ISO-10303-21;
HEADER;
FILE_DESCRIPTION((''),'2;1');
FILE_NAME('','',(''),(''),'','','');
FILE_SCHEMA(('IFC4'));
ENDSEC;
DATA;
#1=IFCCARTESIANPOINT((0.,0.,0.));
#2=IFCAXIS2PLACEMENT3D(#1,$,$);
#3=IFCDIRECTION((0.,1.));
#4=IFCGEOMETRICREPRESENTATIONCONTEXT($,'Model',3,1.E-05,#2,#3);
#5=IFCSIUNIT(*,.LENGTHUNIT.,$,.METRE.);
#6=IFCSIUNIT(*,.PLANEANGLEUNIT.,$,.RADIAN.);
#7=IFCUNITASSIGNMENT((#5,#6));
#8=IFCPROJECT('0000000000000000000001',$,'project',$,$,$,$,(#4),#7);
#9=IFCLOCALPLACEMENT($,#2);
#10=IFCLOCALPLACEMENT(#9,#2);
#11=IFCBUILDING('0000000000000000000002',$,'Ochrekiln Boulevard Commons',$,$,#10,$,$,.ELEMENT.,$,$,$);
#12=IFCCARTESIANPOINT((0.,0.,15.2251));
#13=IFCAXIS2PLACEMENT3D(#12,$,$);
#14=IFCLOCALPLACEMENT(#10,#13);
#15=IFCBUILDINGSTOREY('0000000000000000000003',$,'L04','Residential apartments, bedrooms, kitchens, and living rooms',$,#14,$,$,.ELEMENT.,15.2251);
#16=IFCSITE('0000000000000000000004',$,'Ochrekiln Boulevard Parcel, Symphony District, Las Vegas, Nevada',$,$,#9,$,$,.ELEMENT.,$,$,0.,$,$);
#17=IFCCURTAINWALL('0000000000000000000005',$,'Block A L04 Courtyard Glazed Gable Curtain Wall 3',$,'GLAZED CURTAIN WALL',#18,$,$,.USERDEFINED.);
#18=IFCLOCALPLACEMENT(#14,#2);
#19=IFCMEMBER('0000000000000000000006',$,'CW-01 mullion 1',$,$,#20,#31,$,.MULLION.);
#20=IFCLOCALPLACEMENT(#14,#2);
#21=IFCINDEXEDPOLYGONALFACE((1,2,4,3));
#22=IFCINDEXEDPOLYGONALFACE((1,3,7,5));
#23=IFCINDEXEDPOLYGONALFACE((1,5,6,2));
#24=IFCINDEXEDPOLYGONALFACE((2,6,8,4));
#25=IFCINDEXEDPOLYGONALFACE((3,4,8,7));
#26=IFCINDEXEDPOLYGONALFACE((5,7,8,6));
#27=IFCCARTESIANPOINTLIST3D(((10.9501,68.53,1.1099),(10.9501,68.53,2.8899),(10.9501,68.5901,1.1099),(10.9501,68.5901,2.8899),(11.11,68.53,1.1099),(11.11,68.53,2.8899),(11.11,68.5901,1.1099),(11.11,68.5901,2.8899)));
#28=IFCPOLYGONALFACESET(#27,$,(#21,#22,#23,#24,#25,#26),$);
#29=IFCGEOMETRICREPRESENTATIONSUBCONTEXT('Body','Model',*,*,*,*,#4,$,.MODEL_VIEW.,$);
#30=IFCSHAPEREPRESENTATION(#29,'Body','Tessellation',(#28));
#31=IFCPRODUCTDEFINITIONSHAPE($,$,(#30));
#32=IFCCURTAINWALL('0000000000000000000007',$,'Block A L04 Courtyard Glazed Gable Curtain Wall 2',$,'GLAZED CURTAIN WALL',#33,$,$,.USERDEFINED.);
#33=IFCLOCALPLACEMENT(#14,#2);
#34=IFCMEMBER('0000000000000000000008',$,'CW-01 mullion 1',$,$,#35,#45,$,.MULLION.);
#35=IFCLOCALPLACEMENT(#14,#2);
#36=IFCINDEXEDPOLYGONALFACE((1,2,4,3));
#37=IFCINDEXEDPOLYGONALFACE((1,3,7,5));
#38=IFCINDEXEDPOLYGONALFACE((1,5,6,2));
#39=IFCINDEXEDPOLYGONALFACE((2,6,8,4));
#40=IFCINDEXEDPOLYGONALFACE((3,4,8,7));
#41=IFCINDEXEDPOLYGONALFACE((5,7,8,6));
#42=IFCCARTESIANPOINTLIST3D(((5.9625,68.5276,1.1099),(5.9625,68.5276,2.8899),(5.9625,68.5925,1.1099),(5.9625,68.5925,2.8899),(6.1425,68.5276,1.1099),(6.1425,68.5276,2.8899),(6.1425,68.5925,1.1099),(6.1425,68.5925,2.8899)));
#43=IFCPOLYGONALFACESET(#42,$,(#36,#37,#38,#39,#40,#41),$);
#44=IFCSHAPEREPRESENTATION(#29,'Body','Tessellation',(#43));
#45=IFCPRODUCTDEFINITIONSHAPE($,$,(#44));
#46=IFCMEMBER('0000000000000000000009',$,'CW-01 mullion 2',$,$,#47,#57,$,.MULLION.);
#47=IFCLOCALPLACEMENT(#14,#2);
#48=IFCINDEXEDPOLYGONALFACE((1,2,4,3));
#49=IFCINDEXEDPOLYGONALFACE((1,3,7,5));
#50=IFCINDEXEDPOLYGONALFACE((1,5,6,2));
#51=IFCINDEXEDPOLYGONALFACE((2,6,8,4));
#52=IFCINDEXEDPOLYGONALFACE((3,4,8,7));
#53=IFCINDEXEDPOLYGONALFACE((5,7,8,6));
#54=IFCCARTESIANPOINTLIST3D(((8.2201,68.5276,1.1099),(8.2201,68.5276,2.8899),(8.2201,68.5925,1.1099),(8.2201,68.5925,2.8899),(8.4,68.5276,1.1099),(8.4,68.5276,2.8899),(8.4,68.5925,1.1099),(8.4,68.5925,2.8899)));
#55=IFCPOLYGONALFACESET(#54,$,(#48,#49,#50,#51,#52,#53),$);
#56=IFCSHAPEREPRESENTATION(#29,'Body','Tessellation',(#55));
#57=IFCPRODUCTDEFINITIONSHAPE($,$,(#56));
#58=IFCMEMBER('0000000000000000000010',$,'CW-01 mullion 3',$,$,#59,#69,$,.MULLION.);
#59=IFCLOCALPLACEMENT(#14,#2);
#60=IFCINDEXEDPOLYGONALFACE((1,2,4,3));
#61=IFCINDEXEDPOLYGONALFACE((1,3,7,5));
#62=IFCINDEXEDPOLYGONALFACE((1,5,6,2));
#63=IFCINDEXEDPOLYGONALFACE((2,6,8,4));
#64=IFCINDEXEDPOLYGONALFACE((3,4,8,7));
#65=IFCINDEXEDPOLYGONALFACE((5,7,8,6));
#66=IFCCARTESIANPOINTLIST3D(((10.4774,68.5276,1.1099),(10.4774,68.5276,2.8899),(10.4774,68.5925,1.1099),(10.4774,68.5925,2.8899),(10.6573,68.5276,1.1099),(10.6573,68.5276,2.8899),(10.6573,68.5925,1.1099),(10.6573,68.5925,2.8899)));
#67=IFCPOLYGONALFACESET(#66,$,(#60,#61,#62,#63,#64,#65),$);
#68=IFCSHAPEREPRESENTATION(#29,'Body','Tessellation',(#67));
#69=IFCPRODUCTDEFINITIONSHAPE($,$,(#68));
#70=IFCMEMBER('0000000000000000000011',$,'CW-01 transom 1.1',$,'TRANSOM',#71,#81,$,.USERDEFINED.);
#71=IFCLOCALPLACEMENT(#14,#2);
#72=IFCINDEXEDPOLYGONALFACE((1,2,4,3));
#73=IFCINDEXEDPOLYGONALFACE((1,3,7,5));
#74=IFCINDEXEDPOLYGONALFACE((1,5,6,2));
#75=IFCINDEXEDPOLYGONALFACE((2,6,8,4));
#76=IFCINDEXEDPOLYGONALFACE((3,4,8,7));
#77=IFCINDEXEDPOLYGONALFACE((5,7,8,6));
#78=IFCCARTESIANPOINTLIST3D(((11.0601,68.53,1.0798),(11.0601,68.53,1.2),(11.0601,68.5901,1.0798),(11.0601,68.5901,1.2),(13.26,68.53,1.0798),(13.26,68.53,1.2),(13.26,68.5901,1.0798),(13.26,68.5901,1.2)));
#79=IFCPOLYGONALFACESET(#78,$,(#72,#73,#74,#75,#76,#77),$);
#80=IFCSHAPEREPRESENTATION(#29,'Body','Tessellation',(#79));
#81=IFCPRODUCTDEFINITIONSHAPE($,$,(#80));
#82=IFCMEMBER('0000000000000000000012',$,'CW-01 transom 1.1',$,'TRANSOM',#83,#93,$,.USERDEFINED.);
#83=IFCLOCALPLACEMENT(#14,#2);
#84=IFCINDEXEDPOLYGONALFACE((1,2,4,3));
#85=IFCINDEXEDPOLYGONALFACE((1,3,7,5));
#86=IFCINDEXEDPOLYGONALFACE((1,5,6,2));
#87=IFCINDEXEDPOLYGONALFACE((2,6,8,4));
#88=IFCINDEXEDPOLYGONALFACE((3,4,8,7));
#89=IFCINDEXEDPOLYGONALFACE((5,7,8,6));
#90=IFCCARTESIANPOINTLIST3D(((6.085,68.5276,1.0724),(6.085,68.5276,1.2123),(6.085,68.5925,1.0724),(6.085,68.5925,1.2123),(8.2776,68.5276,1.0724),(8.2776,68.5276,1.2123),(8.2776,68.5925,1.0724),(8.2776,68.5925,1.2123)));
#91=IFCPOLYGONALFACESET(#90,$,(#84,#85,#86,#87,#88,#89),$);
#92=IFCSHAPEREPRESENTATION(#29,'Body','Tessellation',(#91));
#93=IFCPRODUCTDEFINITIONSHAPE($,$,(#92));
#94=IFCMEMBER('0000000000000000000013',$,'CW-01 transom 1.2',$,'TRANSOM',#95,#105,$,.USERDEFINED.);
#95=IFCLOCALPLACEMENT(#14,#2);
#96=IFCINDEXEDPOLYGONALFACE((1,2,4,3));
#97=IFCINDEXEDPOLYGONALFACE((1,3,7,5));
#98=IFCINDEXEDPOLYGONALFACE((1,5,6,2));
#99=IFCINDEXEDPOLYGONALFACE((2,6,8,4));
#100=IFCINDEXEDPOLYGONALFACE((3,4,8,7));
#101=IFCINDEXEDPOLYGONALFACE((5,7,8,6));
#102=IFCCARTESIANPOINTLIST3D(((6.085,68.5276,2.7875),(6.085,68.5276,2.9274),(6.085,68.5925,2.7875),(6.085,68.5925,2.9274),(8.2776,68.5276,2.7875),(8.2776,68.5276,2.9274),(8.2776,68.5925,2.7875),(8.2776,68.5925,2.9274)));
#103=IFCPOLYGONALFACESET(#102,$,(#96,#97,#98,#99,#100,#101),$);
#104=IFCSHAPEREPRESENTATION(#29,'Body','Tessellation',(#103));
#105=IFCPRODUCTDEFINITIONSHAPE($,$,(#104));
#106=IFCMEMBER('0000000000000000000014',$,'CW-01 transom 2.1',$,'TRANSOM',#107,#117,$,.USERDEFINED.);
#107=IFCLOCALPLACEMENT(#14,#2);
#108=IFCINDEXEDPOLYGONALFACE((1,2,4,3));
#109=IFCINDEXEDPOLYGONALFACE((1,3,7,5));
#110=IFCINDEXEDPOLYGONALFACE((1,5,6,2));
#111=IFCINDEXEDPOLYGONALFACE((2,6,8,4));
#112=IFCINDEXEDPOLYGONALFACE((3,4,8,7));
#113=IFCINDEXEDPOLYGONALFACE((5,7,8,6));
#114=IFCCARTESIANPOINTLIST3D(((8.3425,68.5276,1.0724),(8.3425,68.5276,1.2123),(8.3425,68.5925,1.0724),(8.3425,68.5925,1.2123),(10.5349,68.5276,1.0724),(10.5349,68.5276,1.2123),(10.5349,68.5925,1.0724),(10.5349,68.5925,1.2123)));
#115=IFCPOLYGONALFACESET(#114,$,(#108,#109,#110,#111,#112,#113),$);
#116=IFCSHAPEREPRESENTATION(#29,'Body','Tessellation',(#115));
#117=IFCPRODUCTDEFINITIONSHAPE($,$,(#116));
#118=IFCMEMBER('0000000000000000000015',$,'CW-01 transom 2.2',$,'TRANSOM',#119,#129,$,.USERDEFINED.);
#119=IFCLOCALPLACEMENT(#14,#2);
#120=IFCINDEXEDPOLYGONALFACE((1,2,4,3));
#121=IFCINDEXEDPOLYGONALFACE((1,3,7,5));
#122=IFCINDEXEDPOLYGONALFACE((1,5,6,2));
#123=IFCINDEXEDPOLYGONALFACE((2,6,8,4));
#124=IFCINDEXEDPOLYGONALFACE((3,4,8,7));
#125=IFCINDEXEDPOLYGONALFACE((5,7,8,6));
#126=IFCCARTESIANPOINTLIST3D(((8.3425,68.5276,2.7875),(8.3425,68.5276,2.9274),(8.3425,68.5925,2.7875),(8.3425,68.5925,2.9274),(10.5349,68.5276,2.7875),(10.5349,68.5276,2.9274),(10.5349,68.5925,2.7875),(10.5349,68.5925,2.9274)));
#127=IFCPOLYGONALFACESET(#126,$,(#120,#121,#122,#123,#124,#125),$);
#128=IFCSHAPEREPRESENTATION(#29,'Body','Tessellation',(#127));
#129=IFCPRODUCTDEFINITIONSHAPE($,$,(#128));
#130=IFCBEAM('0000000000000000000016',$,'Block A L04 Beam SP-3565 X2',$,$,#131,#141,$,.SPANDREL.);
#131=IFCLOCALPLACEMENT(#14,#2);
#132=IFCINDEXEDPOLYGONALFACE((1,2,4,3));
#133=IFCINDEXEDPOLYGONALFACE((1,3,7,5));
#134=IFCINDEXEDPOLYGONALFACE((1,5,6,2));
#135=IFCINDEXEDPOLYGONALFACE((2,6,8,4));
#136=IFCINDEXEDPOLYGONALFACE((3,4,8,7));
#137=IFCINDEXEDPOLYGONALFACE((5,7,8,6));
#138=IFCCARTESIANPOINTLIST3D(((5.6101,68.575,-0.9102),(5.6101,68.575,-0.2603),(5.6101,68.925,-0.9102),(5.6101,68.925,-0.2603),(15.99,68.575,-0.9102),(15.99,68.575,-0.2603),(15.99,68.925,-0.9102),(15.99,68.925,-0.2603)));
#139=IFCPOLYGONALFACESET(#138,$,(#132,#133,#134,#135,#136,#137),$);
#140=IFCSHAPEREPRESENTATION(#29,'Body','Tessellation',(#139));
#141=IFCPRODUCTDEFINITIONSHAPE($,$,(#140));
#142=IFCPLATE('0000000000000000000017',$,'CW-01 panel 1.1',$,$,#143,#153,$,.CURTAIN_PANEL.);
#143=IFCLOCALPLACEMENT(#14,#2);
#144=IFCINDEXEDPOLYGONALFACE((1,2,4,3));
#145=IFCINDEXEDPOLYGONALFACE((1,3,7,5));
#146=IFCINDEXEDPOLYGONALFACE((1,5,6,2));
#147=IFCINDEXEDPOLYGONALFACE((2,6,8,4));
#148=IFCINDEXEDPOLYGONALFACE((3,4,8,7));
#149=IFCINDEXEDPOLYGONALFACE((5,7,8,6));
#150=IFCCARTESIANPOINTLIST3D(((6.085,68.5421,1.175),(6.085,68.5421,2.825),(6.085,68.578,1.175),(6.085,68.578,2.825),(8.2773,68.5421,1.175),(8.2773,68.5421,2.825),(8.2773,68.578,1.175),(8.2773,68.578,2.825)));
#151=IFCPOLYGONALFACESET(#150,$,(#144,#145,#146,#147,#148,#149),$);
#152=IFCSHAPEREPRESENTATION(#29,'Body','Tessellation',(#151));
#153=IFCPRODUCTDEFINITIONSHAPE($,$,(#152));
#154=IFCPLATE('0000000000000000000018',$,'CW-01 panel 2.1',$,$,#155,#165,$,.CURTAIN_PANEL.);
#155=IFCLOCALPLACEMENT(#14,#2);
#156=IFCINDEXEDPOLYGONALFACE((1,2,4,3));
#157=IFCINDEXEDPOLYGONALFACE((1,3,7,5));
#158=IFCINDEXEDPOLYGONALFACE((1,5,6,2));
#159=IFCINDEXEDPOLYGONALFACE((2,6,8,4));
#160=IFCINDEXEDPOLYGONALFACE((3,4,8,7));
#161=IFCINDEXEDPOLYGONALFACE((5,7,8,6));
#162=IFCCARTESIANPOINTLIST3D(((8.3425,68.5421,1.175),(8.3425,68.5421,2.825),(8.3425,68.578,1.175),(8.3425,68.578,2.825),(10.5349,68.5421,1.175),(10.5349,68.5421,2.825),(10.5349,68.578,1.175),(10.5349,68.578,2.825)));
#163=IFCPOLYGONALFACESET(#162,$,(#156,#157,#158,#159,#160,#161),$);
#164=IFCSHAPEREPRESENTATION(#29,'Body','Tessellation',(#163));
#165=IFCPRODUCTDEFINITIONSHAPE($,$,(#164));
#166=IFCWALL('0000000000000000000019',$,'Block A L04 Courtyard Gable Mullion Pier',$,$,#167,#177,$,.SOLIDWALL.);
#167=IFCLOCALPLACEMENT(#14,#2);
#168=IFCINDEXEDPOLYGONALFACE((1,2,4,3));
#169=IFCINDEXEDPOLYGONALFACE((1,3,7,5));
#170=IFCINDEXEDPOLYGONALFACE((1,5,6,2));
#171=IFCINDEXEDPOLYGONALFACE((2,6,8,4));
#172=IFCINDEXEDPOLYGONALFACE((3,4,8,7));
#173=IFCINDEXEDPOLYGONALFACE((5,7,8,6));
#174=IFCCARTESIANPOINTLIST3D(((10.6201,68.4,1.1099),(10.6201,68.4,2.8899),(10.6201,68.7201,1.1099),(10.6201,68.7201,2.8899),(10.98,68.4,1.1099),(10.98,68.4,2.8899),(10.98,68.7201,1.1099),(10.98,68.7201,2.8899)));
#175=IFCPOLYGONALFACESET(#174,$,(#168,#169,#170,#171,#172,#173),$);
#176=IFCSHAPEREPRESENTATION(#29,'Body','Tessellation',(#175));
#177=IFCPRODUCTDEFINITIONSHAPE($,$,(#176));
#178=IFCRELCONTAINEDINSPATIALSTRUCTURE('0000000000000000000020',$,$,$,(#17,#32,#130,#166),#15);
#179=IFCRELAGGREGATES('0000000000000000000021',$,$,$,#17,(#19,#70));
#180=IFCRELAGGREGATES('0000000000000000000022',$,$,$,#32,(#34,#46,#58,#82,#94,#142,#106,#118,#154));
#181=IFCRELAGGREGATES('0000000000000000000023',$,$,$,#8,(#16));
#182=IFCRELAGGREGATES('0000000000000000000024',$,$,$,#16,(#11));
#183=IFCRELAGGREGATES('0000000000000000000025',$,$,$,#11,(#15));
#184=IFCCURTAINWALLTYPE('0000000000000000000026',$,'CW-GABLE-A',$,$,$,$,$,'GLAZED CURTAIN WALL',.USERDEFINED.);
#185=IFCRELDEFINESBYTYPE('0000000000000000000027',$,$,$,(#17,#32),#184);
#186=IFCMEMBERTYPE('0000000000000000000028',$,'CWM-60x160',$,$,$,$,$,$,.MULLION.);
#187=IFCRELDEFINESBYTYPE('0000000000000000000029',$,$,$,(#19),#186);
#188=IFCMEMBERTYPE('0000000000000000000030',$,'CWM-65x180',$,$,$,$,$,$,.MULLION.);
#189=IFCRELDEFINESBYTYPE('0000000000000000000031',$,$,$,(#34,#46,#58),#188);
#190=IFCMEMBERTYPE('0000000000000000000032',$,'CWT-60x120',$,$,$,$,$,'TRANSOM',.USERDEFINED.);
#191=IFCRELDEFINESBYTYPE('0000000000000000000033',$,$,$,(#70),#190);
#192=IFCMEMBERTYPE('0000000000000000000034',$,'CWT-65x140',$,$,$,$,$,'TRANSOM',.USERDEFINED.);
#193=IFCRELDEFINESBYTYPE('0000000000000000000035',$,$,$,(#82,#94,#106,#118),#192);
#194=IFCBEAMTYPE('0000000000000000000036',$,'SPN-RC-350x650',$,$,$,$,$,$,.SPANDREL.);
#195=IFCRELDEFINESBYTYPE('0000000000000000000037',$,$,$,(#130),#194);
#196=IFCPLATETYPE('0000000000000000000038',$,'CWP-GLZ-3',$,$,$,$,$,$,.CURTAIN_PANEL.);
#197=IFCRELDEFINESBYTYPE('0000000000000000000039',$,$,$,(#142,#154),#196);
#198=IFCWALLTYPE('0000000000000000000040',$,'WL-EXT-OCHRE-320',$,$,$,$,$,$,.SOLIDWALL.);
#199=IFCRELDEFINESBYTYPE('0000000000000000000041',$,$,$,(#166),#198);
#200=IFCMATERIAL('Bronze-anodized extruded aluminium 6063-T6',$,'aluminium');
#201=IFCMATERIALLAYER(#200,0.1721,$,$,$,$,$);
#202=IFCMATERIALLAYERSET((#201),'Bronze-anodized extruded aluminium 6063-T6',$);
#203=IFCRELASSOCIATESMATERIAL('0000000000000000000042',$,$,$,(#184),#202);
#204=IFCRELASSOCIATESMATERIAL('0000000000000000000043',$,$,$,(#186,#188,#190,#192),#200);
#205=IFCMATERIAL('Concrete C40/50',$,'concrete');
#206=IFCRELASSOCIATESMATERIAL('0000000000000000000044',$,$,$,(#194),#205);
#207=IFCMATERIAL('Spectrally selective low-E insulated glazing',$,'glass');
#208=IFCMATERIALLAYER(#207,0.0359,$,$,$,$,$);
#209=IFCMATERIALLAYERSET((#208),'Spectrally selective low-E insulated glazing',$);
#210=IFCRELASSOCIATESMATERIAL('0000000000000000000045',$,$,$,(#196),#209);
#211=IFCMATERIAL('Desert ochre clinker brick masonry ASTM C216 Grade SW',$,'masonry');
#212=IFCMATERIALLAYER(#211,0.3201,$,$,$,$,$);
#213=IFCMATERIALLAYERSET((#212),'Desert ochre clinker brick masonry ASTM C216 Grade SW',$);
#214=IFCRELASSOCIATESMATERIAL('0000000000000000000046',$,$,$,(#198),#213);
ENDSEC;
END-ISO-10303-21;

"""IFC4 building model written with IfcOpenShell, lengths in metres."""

from ifc_helpers import new_model, si_unit, direction, frame, frame_2d, origin, origin_2d, place, context, subcontext, project, spatial, rectangle, extrude, material, layer, layer_set, material_profile, profile_set, type_object, element, aggregate, save


model = new_model("IFC4")

# Units and contexts
model_context = context("Model", 3, precision=1e-05, world=origin(), true_north=direction((0.0, 1.0)))
body_context = subcontext(model_context, "Body", "Model", "MODEL_VIEW")
ifc_project = project(units=[si_unit("LENGTHUNIT", "METRE"), si_unit("PLANEANGLEUNIT", "RADIAN")], contexts=[model_context])

# Site, building, storey
site_placement = place(None, origin())
site = spatial("IfcSite", under=ifc_project, at=site_placement, Name="Ochrekiln Boulevard Parcel, Symphony District, Las Vegas, Nevada", CompositionType="ELEMENT", RefElevation=0.0)
building_placement = place(site_placement, origin())
building = spatial("IfcBuilding", under=site, at=building_placement, Name="Ochrekiln Boulevard Commons", CompositionType="ELEMENT")
storey_placement = place(building_placement, frame((0.0, 0.0, 15.2251)))
storey = spatial("IfcBuildingStorey", under=building, at=storey_placement, Name="L04", Description="Residential apartments, bedrooms, kitchens, and living rooms", CompositionType="ELEMENT", Elevation=15.2251)

# Curtain wall, member
ifc_material_1 = material(Name="Bronze-anodized extruded aluminium 6063-T6", Category="aluminium")
ifc_layer_1 = layer(ifc_material_1, 0.1721)
ifc_layer_set_1 = layer_set([ifc_layer_1], Name="Bronze-anodized extruded aluminium 6063-T6")
curtain_wall_type = type_object("IfcCurtainWallType", Name="CW-GABLE-A", ElementType="GLAZED CURTAIN WALL", PredefinedType="USERDEFINED", material=ifc_layer_set_1)
curtain_wall_1_placement = place(storey_placement, origin())
curtain_wall_1 = element("IfcCurtainWall", 1, at=curtain_wall_1_placement, inside=storey, type_object=curtain_wall_type, Name="Block A L04 Courtyard Glazed Gable Curtain Wall 3", ObjectType="GLAZED CURTAIN WALL", PredefinedType="USERDEFINED")
ifc_material_profile_1 = material_profile(ifc_material_1, rectangle(XDim=0.0601, YDim=0.1599, at=origin_2d()), Name="ALU-MUL-60x160")
ifc_profile_set_1 = profile_set([ifc_material_profile_1], Name="Bronze-anodized extruded aluminium 6063-T6")
member_type_1 = type_object("IfcMemberType", Name="CWM-60x160", PredefinedType="MULLION", material=ifc_profile_set_1)
member_1_placement = place(storey_placement, frame((11.03, 68.5601, 1.1099), z_axis=(0.0, 0.0, 1.0), x_axis=(0.0, 1.0, 0.0)))
member_1 = element("IfcMember", 2, at=member_1_placement, type_object=member_type_1, Name="CW-01 mullion 1", PredefinedType="MULLION", context=body_context, shape_type="SweptSolid", body=[
    extrude(rectangle(XDim=0.0601, YDim=0.1599, at=origin_2d()), origin(), (0.0, 0.0, 1.0), 1.78),
])

# Curtain wall, members
curtain_wall_2_placement = place(storey_placement, origin())
curtain_wall_2 = element("IfcCurtainWall", 3, at=curtain_wall_2_placement, inside=storey, type_object=curtain_wall_type, Name="Block A L04 Courtyard Glazed Gable Curtain Wall 2", ObjectType="GLAZED CURTAIN WALL", PredefinedType="USERDEFINED")
ifc_material_profile_2 = material_profile(ifc_material_1, rectangle(XDim=0.0649, YDim=0.1799, at=origin_2d()), Name="ALU-MUL-65x180")
ifc_profile_set_2 = profile_set([ifc_material_profile_2], Name="Bronze-anodized extruded aluminium 6063-T6")
member_type_2 = type_object("IfcMemberType", Name="CWM-65x180", PredefinedType="MULLION", material=ifc_profile_set_2)
member_2_placement = place(storey_placement, frame((6.0525, 68.5601, 1.1099), z_axis=(0.0, 0.0, 1.0), x_axis=(0.0, 1.0, 0.0)))
member_2 = element("IfcMember", 4, at=member_2_placement, type_object=member_type_2, Name="CW-01 mullion 1", PredefinedType="MULLION", context=body_context, shape_type="SweptSolid", body=[
    extrude(rectangle(XDim=0.0649, YDim=0.1799, at=origin_2d()), origin(), (0.0, 0.0, 1.0), 1.78),
])
member_3_placement = place(storey_placement, frame((8.3101, 68.5601, 1.1099), z_axis=(0.0, 0.0, 1.0), x_axis=(0.0, 1.0, 0.0)))
member_3 = element("IfcMember", 5, at=member_3_placement, type_object=member_type_2, Name="CW-01 mullion 2", PredefinedType="MULLION", context=body_context, shape_type="SweptSolid", body=[
    extrude(rectangle(XDim=0.0649, YDim=0.1799, at=origin_2d()), origin(), (0.0, 0.0, 1.0), 1.78),
])
member_4_placement = place(storey_placement, frame((10.5674, 68.5601, 1.1099), z_axis=(0.0, 0.0, 1.0), x_axis=(0.0, 1.0, 0.0)))
member_4 = element("IfcMember", 6, at=member_4_placement, type_object=member_type_2, Name="CW-01 mullion 3", PredefinedType="MULLION", context=body_context, shape_type="SweptSolid", body=[
    extrude(rectangle(XDim=0.0649, YDim=0.1799, at=origin_2d()), origin(), (0.0, 0.0, 1.0), 1.78),
])

# Members
ifc_material_profile_3 = material_profile(ifc_material_1, rectangle(XDim=0.0601, YDim=0.1201, at=origin_2d()), Name="ALU-TRN-60x120")
ifc_profile_set_3 = profile_set([ifc_material_profile_3], Name="Bronze-anodized extruded aluminium 6063-T6")
member_type_3 = type_object("IfcMemberType", Name="CWT-60x120", ElementType="TRANSOM", PredefinedType="USERDEFINED", material=ifc_profile_set_3)
member_5_placement = place(storey_placement, frame((11.0601, 68.5601, 1.1399), z_axis=(1.0, 0.0, 0.0), x_axis=(0.0, 1.0, 0.0)))
member_5 = element("IfcMember", 7, at=member_5_placement, type_object=member_type_3, Name="CW-01 transom 1.1", ObjectType="TRANSOM", PredefinedType="USERDEFINED", context=body_context, shape_type="SweptSolid", body=[
    extrude(rectangle(XDim=0.0601, YDim=0.1201, at=origin_2d()), origin(), (0.0, 0.0, 1.0), 2.2),
])
aggregate(curtain_wall_1, [member_1, member_5])
ifc_material_profile_4 = material_profile(ifc_material_1, rectangle(XDim=0.0649, YDim=0.1399, at=origin_2d()), Name="ALU-TRN-65x140")
ifc_profile_set_4 = profile_set([ifc_material_profile_4], Name="Bronze-anodized extruded aluminium 6063-T6")
member_type_4 = type_object("IfcMemberType", Name="CWT-65x140", ElementType="TRANSOM", PredefinedType="USERDEFINED", material=ifc_profile_set_4)
member_6_placement = place(storey_placement, frame((6.085, 68.5601, 1.1423), z_axis=(1.0, 0.0, 0.0), x_axis=(0.0, 1.0, 0.0)))
member_6 = element("IfcMember", 8, at=member_6_placement, type_object=member_type_4, Name="CW-01 transom 1.1", ObjectType="TRANSOM", PredefinedType="USERDEFINED", context=body_context, shape_type="SweptSolid", body=[
    extrude(rectangle(XDim=0.0649, YDim=0.1399, at=origin_2d()), origin(), (0.0, 0.0, 1.0), 2.1926),
])
member_7_placement = place(storey_placement, frame((6.085, 68.5601, 2.8574), z_axis=(1.0, 0.0, 0.0), x_axis=(0.0, 1.0, 0.0)))
member_7 = element("IfcMember", 9, at=member_7_placement, type_object=member_type_4, Name="CW-01 transom 1.2", ObjectType="TRANSOM", PredefinedType="USERDEFINED", context=body_context, shape_type="SweptSolid", body=[
    extrude(rectangle(XDim=0.0649, YDim=0.1399, at=origin_2d()), origin(), (0.0, 0.0, 1.0), 2.1926),
])
member_8_placement = place(storey_placement, frame((8.3425, 68.5601, 1.1423), z_axis=(1.0, 0.0, 0.0), x_axis=(0.0, 1.0, 0.0)))
member_8 = element("IfcMember", 10, at=member_8_placement, type_object=member_type_4, Name="CW-01 transom 2.1", ObjectType="TRANSOM", PredefinedType="USERDEFINED", context=body_context, shape_type="SweptSolid", body=[
    extrude(rectangle(XDim=0.0649, YDim=0.1399, at=origin_2d()), origin(), (0.0, 0.0, 1.0), 2.1924),
])
member_9_placement = place(storey_placement, frame((8.3425, 68.5601, 2.8574), z_axis=(1.0, 0.0, 0.0), x_axis=(0.0, 1.0, 0.0)))
member_9 = element("IfcMember", 11, at=member_9_placement, type_object=member_type_4, Name="CW-01 transom 2.2", ObjectType="TRANSOM", PredefinedType="USERDEFINED", context=body_context, shape_type="SweptSolid", body=[
    extrude(rectangle(XDim=0.0649, YDim=0.1399, at=origin_2d()), origin(), (0.0, 0.0, 1.0), 2.1924),
])

# Beam
ifc_material_2 = material(Name="Concrete C40/50", Category="concrete")
ifc_material_profile_5 = material_profile(ifc_material_2, rectangle(XDim=0.3501, YDim=0.6499, at=origin_2d()), Name="RC-SPN-350x650")
ifc_profile_set_5 = profile_set([ifc_material_profile_5], Name="Concrete C40/50")
beam_type = type_object("IfcBeamType", Name="SPN-RC-350x650", PredefinedType="SPANDREL", material=ifc_profile_set_5)
beam_placement = place(storey_placement, frame((5.6101, 68.75, -0.5852), z_axis=(1.0, 0.0, 0.0), x_axis=(0.0, 1.0, 0.0)))
element("IfcBeam", 12, at=beam_placement, inside=storey, type_object=beam_type, Name="Block A L04 Beam SP-3565 X2", PredefinedType="SPANDREL", context=body_context, shape_type="SweptSolid", body=[
    extrude(rectangle(XDim=0.3501, YDim=0.6499, at=origin_2d()), origin(), (0.0, 0.0, 1.0), 10.3799),
])

# Plates
ifc_material_3 = material(Name="Spectrally selective low-E insulated glazing", Category="glass")
ifc_layer_2 = layer(ifc_material_3, 0.0359)
ifc_layer_set_2 = layer_set([ifc_layer_2], Name="Spectrally selective low-E insulated glazing")
plate_type = type_object("IfcPlateType", Name="CWP-GLZ-3", PredefinedType="CURTAIN_PANEL", material=ifc_layer_set_2)
plate_1_placement = place(storey_placement, frame((7.1812, 68.5601, 1.175), z_axis=(0.0, 0.0, 1.0), x_axis=(1.0, 0.0, 0.0)))
plate_1 = element("IfcPlate", 13, at=plate_1_placement, type_object=plate_type, Name="CW-01 panel 1.1", PredefinedType="CURTAIN_PANEL", context=body_context, shape_type="SweptSolid", body=[
    extrude(rectangle(XDim=2.1924, YDim=0.0359, at=origin_2d()), origin(), (0.0, 0.0, 1.0), 1.6499),
])
plate_2_placement = place(storey_placement, frame((9.4387, 68.5601, 1.175), z_axis=(0.0, 0.0, 1.0), x_axis=(1.0, 0.0, 0.0)))
plate_2 = element("IfcPlate", 14, at=plate_2_placement, type_object=plate_type, Name="CW-01 panel 2.1", PredefinedType="CURTAIN_PANEL", context=body_context, shape_type="SweptSolid", body=[
    extrude(rectangle(XDim=2.1924, YDim=0.0359, at=origin_2d()), origin(), (0.0, 0.0, 1.0), 1.6499),
])
aggregate(curtain_wall_2, [member_2, member_3, member_4, member_6, member_7, plate_1, member_8, member_9, plate_2])

# Wall
ifc_material_4 = material(Name="Desert ochre clinker brick masonry ASTM C216 Grade SW", Category="masonry")
ifc_layer_3 = layer(ifc_material_4, 0.3201)
ifc_layer_set_3 = layer_set([ifc_layer_3], Name="Desert ochre clinker brick masonry ASTM C216 Grade SW")
wall_type_1 = type_object("IfcWallType", Name="WL-EXT-OCHRE-320", PredefinedType="SOLIDWALL", material=ifc_layer_set_3)
wall_1_placement = place(storey_placement, frame((10.6201, 68.5601, 1.1099), z_axis=(0.0, 0.0, 1.0), x_axis=(1.0, 0.0, 0.0)))
element("IfcWall", 15, at=wall_1_placement, inside=storey, type_object=wall_type_1, Name="Block A L04 Courtyard Gable Mullion Pier", PredefinedType="SOLIDWALL", context=body_context, shape_type="SweptSolid", body=[
    extrude(rectangle(XDim=0.3599, YDim=0.3201, at=frame_2d((0.1799, 0.0))), origin(), (0.0, 0.0, 1.0), 1.78),
])

save(model, "model.ifc")
